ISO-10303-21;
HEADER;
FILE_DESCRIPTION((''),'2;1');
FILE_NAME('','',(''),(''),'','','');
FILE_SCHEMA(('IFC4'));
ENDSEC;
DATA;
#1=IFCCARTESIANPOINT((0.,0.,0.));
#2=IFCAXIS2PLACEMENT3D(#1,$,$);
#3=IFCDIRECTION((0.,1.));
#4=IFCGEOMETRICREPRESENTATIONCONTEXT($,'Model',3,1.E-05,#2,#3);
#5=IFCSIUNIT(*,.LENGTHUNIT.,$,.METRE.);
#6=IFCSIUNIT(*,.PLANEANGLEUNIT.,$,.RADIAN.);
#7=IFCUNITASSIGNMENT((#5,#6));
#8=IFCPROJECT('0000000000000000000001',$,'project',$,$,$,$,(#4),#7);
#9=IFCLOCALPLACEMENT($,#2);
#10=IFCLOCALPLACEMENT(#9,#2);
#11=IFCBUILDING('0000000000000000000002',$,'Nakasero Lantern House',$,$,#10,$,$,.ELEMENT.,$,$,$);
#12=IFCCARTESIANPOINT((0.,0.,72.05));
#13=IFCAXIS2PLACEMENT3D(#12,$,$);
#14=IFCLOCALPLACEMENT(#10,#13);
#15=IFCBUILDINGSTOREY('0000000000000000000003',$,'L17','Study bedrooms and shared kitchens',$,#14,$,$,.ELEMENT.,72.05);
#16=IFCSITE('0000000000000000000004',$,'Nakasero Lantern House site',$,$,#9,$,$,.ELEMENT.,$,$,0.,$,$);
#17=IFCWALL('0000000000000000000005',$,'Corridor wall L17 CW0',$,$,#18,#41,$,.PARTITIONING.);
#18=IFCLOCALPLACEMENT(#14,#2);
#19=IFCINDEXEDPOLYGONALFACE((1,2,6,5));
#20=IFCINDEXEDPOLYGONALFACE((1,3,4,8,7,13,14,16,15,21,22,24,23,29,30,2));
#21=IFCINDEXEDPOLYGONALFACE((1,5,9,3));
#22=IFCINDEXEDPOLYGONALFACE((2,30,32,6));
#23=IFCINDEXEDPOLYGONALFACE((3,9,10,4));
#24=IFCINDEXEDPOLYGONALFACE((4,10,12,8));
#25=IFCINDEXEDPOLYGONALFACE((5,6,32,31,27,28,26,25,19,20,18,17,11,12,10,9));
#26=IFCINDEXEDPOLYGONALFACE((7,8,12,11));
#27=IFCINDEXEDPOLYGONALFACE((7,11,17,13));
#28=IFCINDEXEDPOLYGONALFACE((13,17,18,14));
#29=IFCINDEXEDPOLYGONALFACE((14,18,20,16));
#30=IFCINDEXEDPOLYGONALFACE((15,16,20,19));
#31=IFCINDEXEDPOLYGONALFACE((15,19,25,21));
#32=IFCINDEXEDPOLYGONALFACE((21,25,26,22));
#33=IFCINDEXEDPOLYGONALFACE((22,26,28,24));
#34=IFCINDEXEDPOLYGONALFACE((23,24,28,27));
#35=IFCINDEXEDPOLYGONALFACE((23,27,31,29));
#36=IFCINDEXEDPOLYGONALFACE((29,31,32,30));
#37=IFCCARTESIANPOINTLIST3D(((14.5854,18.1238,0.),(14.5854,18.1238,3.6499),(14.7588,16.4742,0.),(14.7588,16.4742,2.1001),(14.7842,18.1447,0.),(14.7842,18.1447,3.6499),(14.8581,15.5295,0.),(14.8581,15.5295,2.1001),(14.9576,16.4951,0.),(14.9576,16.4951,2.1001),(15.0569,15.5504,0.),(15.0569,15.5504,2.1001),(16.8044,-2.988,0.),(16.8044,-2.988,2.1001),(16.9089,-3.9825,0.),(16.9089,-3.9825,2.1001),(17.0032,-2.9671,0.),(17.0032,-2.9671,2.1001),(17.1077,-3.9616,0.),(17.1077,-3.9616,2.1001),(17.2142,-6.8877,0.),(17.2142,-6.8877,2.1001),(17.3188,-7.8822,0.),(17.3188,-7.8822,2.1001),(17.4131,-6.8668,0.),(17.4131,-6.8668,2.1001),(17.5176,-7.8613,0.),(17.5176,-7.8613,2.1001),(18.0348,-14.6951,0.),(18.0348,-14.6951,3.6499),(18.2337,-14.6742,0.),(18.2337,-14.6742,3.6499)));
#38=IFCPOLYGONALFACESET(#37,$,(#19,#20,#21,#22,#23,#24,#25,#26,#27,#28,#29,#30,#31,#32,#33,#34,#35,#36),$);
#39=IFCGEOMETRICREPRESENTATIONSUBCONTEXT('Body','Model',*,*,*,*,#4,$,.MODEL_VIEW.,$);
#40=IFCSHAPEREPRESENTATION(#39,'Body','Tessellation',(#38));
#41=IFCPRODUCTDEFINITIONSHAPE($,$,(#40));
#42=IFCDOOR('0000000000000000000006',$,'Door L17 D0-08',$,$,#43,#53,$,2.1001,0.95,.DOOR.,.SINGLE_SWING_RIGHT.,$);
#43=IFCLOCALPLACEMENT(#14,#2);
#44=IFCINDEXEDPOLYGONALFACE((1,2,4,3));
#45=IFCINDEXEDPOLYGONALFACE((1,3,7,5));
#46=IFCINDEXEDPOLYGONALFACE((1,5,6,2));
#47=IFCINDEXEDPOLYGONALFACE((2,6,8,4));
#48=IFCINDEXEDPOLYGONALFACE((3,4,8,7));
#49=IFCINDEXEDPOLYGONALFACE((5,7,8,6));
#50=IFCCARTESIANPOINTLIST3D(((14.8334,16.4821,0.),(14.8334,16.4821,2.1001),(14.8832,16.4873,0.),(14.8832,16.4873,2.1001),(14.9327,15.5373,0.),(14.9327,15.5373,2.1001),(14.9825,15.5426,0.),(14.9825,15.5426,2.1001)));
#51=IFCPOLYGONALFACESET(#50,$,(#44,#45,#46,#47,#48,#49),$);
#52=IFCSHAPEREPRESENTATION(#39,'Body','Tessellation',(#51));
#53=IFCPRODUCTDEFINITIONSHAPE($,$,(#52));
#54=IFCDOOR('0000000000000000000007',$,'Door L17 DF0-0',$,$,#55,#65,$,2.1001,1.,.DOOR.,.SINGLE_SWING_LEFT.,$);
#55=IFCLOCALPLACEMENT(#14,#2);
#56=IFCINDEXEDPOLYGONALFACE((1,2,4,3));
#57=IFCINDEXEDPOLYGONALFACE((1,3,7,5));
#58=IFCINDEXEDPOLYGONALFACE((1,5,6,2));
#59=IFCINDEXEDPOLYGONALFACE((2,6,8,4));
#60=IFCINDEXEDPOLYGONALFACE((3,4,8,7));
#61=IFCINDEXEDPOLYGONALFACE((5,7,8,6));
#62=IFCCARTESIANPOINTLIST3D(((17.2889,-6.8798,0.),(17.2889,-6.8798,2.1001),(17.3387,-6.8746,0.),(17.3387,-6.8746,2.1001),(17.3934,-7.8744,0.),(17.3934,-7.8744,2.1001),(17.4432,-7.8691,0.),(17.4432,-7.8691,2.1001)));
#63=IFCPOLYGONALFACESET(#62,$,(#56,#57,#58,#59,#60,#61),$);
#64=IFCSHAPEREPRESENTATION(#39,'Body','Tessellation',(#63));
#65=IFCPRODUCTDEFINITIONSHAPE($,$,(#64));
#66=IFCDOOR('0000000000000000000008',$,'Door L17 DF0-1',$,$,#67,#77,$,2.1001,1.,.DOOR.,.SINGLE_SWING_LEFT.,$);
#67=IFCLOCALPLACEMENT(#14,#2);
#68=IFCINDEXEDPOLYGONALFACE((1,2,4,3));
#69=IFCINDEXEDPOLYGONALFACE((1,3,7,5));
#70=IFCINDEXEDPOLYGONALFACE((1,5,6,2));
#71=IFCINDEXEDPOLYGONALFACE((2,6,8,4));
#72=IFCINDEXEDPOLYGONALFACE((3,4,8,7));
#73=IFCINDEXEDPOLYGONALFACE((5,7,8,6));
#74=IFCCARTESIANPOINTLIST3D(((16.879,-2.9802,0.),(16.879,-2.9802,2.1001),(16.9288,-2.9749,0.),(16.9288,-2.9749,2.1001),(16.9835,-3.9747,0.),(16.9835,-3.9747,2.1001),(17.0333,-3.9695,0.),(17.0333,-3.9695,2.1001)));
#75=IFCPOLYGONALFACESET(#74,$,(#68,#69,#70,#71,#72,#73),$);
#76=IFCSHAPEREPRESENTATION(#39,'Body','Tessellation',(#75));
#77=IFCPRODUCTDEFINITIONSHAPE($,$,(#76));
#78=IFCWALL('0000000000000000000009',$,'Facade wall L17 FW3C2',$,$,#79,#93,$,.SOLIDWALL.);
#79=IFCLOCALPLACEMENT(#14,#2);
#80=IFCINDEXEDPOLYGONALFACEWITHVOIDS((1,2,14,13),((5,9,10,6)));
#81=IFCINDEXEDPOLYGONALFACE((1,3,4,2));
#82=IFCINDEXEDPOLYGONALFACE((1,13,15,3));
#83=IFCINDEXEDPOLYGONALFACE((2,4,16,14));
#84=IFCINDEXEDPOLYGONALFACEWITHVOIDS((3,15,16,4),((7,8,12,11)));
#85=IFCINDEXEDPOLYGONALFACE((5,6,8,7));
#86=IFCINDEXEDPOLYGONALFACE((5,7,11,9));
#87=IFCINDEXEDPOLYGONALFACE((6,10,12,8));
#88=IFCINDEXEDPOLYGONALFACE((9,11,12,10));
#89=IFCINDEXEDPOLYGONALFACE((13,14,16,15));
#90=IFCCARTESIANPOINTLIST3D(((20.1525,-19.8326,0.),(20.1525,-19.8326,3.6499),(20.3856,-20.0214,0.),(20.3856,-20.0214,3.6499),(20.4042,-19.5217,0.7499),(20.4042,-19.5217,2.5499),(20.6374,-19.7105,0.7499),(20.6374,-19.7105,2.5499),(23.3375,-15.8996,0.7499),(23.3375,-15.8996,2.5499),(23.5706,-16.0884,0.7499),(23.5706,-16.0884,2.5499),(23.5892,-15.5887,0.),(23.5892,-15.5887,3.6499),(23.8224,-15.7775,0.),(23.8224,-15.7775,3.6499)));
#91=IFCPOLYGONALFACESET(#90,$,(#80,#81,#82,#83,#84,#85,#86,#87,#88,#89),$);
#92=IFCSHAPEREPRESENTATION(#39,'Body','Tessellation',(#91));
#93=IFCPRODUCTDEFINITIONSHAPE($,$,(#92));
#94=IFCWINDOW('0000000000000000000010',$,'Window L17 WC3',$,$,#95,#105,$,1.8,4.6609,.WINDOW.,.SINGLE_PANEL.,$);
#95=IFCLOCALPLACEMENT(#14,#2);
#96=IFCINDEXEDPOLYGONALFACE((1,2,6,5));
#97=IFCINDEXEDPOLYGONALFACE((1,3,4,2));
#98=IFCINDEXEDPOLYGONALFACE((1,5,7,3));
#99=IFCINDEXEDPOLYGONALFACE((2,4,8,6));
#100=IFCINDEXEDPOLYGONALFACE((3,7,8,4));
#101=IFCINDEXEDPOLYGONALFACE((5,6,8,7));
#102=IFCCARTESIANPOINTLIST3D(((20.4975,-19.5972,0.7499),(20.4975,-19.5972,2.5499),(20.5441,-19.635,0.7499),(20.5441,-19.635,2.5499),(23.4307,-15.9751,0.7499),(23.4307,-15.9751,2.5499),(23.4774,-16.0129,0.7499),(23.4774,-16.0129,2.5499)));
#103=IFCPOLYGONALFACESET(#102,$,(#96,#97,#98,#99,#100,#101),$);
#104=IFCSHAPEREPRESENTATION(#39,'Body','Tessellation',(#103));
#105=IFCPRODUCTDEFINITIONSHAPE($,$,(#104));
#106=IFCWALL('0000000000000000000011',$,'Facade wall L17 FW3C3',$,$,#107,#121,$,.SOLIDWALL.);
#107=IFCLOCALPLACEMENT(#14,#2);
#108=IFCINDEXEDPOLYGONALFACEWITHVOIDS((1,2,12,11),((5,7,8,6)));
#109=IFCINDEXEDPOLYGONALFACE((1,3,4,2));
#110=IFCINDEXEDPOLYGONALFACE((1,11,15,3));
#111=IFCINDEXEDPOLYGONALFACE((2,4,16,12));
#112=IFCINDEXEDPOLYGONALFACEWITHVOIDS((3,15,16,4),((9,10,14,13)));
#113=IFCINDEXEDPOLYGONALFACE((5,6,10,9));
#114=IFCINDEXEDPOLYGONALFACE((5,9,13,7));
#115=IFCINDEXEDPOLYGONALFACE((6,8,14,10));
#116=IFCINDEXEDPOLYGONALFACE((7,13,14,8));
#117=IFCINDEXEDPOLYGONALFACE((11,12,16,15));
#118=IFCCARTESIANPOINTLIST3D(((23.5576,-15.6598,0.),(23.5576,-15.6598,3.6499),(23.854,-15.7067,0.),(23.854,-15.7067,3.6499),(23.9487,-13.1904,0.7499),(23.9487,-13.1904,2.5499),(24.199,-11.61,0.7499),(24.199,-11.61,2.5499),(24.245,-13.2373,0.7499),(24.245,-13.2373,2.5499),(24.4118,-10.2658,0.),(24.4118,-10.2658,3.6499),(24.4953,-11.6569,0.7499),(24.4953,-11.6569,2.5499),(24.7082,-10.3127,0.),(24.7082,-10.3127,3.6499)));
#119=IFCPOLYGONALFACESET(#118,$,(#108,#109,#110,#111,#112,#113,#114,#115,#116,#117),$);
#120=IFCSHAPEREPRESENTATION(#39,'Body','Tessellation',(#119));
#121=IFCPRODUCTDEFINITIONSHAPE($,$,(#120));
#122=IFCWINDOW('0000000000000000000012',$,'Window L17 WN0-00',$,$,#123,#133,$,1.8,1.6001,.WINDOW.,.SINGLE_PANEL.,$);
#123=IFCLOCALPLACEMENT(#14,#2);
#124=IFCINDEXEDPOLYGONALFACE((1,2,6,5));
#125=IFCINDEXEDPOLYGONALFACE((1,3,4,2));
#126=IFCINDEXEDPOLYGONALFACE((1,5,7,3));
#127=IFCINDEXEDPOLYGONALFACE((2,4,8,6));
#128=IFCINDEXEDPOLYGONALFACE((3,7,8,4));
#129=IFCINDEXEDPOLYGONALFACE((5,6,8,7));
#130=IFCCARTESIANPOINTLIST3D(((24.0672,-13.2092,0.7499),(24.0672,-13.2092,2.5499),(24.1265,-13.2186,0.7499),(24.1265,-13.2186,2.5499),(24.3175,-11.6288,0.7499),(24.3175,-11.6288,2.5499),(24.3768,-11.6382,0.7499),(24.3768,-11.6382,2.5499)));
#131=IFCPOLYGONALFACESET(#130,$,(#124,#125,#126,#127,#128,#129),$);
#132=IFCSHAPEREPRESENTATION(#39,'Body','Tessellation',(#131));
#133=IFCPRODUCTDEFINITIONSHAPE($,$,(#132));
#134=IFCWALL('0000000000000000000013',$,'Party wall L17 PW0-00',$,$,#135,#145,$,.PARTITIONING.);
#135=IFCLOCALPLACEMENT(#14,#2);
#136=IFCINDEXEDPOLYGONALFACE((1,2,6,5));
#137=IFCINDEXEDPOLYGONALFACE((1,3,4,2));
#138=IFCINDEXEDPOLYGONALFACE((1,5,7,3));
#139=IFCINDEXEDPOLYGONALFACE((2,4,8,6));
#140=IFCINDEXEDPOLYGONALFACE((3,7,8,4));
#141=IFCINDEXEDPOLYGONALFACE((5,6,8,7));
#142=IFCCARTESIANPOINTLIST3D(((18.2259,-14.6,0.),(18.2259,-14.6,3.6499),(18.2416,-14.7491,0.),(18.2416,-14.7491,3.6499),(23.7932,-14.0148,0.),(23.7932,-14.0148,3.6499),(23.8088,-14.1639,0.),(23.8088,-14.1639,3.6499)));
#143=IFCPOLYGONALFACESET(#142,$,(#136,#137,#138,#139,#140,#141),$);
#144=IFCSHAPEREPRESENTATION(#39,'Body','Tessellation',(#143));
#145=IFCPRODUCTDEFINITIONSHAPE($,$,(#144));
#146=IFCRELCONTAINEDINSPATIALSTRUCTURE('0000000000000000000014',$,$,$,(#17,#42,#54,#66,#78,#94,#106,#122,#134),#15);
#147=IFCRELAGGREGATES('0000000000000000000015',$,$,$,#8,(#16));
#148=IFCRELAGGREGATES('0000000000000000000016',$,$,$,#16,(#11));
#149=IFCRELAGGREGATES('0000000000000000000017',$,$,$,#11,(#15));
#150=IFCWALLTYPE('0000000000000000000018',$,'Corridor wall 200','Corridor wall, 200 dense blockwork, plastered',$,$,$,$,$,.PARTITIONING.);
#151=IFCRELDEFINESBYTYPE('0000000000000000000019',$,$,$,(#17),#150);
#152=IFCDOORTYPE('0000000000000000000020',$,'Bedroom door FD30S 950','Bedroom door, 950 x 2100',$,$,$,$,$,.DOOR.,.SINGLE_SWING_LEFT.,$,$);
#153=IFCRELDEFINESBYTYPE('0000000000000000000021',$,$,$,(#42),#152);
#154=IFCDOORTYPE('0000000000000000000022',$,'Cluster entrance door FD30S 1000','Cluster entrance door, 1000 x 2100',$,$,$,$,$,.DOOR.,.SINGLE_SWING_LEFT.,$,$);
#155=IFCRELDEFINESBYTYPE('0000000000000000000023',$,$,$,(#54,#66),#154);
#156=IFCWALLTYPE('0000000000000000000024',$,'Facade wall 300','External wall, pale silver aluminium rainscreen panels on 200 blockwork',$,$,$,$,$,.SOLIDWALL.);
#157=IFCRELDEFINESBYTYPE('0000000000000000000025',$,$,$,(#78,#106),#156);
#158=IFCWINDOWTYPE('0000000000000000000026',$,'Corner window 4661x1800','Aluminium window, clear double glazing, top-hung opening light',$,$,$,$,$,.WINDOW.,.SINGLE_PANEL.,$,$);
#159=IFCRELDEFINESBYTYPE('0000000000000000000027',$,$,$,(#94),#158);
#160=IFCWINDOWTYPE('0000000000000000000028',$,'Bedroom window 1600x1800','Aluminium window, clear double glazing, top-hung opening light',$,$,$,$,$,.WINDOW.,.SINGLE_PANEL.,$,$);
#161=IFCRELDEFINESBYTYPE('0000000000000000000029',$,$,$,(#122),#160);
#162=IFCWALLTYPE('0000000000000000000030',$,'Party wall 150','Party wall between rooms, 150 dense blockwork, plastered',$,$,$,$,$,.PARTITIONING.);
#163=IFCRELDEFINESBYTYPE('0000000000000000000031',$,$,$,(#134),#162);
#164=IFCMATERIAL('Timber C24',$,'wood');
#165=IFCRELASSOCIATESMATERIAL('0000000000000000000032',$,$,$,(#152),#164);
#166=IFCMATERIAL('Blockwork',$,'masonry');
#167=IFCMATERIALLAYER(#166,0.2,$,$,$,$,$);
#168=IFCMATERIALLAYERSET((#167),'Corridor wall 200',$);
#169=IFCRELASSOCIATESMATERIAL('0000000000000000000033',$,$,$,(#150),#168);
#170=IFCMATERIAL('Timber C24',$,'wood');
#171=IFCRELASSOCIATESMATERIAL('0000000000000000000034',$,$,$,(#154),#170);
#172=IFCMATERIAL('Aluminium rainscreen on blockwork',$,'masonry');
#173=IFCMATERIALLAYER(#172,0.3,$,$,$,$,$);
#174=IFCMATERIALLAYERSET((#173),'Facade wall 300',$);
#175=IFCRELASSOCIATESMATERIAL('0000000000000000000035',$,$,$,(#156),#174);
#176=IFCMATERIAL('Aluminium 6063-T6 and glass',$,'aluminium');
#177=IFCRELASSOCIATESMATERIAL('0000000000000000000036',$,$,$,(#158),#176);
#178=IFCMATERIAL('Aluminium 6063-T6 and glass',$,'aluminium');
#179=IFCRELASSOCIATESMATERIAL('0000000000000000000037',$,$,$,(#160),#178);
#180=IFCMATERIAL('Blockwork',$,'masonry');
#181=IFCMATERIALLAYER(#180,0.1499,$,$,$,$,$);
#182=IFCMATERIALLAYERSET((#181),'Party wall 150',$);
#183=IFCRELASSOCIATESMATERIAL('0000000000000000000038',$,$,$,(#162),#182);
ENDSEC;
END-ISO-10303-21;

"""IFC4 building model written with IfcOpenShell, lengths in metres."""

from ifc_helpers import new_model, si_unit, direction, frame, frame_2d, origin, place, context, subcontext, project, spatial, rectangle, extrude, material, layer, layer_set, type_object, element, fill, save


model = new_model("IFC4")

# Units and contexts
model_context = context("Model", 3, precision=1e-05, world=origin(), true_north=direction((0.0, 1.0)))
body_context = subcontext(model_context, "Body", "Model", "MODEL_VIEW")
ifc_project = project(units=[si_unit("LENGTHUNIT", "METRE"), si_unit("PLANEANGLEUNIT", "RADIAN")], contexts=[model_context])

# Site, building, storey
site_placement = place(None, origin())
site = spatial("IfcSite", under=ifc_project, at=site_placement, Name="Nakasero Lantern House site", CompositionType="ELEMENT", RefElevation=0.0)
building_placement = place(site_placement, origin())
building = spatial("IfcBuilding", under=site, at=building_placement, Name="Nakasero Lantern House", CompositionType="ELEMENT")
storey_placement = place(building_placement, frame((0.0, 0.0, 72.05)))
storey = spatial("IfcBuildingStorey", under=building, at=storey_placement, Name="L17", Description="Study bedrooms and shared kitchens", CompositionType="ELEMENT", Elevation=72.05)

# Wall, openings, doors
ifc_material_1 = material(Name="Timber C24", Category="wood")
door_type_1 = type_object("IfcDoorType", Name="Bedroom door FD30S 950", Description="Bedroom door, 950 x 2100", OperationType="SINGLE_SWING_LEFT", PredefinedType="DOOR", material=ifc_material_1)
ifc_material_2 = material(Name="Blockwork", Category="masonry")
ifc_layer_1 = layer(ifc_material_2, 0.2)
ifc_layer_set_1 = layer_set([ifc_layer_1], Name="Corridor wall 200")
wall_type_1 = type_object("IfcWallType", Name="Corridor wall 200", Description="Corridor wall, 200 dense blockwork, plastered", PredefinedType="PARTITIONING", material=ifc_layer_set_1)
wall_1_placement = place(storey_placement, frame((18.1343, -14.6848, 0.0), z_axis=(0.0, 0.0, 1.0), x_axis=(-0.10453, 0.994522, 0.0)))
wall_1 = element("IfcWall", 1, at=wall_1_placement, inside=storey, type_object=wall_type_1, Name="Corridor wall L17 CW0", PredefinedType="PARTITIONING", context=body_context, shape_type="SweptSolid", body=[
    extrude(rectangle(XDim=32.9998, YDim=0.2, at=frame_2d((16.5, 0.0))), origin(), (0.0, 0.0, 1.0), 3.6499),
])
opening_1_placement = place(wall_1_placement, frame((6.8506, 0.0, 0.0)))
opening_1 = element("IfcOpeningElement", 2, at=opening_1_placement, cuts=wall_1, PredefinedType="OPENING", context=body_context, shape_type="SweptSolid", body=[
    extrude(rectangle(XDim=1.0, YDim=2.1001, at=frame_2d((0.5, 1.05))), frame((0.0, 0.1199, 0.0), z_axis=(0.0, -1.0, 0.0), x_axis=(1.0, 0.0, 0.0)), (0.0, 0.0, 1.0), 0.24),
])
opening_2_placement = place(wall_1_placement, frame((10.7717, 0.0, 0.0)))
opening_2 = element("IfcOpeningElement", 3, at=opening_2_placement, cuts=wall_1, PredefinedType="OPENING", context=body_context, shape_type="SweptSolid", body=[
    extrude(rectangle(XDim=1.0, YDim=2.1001, at=frame_2d((0.5, 1.05))), frame((0.0, 0.1199, 0.0), z_axis=(0.0, -1.0, 0.0), x_axis=(1.0, 0.0, 0.0)), (0.0, 0.0, 1.0), 0.24),
])
opening_3_placement = place(wall_1_placement, frame((30.3911, 0.0, 0.0)))
opening_3 = element("IfcOpeningElement", 4, at=opening_3_placement, cuts=wall_1, PredefinedType="OPENING", context=body_context, shape_type="SweptSolid", body=[
    extrude(rectangle(XDim=0.95, YDim=2.1001, at=frame_2d((0.4751, 1.05))), frame((0.0, 0.1199, 0.0), z_axis=(0.0, -1.0, 0.0), x_axis=(1.0, 0.0, 0.0)), (0.0, 0.0, 1.0), 0.24),
])
door_1_placement = place(opening_3_placement, origin())
door_1 = element("IfcDoor", 5, at=door_1_placement, inside=storey, type_object=door_type_1, Name="Door L17 D0-08", OperationType="SINGLE_SWING_RIGHT", OverallHeight=2.1001, OverallWidth=0.95, PredefinedType="DOOR", context=body_context, shape_type="SweptSolid", body=[
    extrude(rectangle(XDim=0.95, YDim=2.1001, at=frame_2d((0.4751, 1.05))), frame((0.0, 0.0249, 0.0), z_axis=(0.0, -1.0, 0.0), x_axis=(1.0, 0.0, 0.0)), (0.0, 0.0, 1.0), 0.05),
])
fill(opening_3, door_1)
ifc_material_3 = material(Name="Timber C24", Category="wood")
door_type_2 = type_object("IfcDoorType", Name="Cluster entrance door FD30S 1000", Description="Cluster entrance door, 1000 x 2100", OperationType="SINGLE_SWING_LEFT", PredefinedType="DOOR", material=ifc_material_3)
door_2_placement = place(opening_1_placement, origin())
door_2 = element("IfcDoor", 6, at=door_2_placement, inside=storey, type_object=door_type_2, Name="Door L17 DF0-0", OperationType="SINGLE_SWING_LEFT", OverallHeight=2.1001, OverallWidth=1.0, PredefinedType="DOOR", context=body_context, shape_type="SweptSolid", body=[
    extrude(rectangle(XDim=1.0, YDim=2.1001, at=frame_2d((0.5, 1.05))), frame((0.0, 0.0249, 0.0), z_axis=(0.0, -1.0, 0.0), x_axis=(1.0, 0.0, 0.0)), (0.0, 0.0, 1.0), 0.05),
])
fill(opening_1, door_2)
door_3_placement = place(opening_2_placement, origin())
door_3 = element("IfcDoor", 7, at=door_3_placement, inside=storey, type_object=door_type_2, Name="Door L17 DF0-1", OperationType="SINGLE_SWING_LEFT", OverallHeight=2.1001, OverallWidth=1.0, PredefinedType="DOOR", context=body_context, shape_type="SweptSolid", body=[
    extrude(rectangle(XDim=1.0, YDim=2.1001, at=frame_2d((0.5, 1.05))), frame((0.0, 0.0249, 0.0), z_axis=(0.0, -1.0, 0.0), x_axis=(1.0, 0.0, 0.0)), (0.0, 0.0, 1.0), 0.05),
])
fill(opening_2, door_3)

# Walls, openings, windows
ifc_material_4 = material(Name="Aluminium rainscreen on blockwork", Category="masonry")
ifc_layer_2 = layer(ifc_material_4, 0.3)
ifc_layer_set_2 = layer_set([ifc_layer_2], Name="Facade wall 300")
wall_type_2 = type_object("IfcWallType", Name="Facade wall 300", Description="External wall, pale silver aluminium rainscreen panels on 200 blockwork", PredefinedType="SOLIDWALL", material=ifc_layer_set_2)
wall_2_placement = place(storey_placement, frame((20.269, -19.927, 0.0), z_axis=(0.0, 0.0, 1.0), x_axis=(0.629335, 0.777135, 0.0)))
wall_2 = element("IfcWall", 8, at=wall_2_placement, inside=storey, type_object=wall_type_2, Name="Facade wall L17 FW3C2", PredefinedType="SOLIDWALL", context=body_context, shape_type="SweptSolid", body=[
    extrude(rectangle(XDim=5.4609, YDim=0.3, at=frame_2d((2.7305, 0.0))), origin(), (0.0, 0.0, 1.0), 3.6499),
])
opening_4_placement = place(wall_2_placement, frame((0.3999, 0.0, 0.75)))
opening_4 = element("IfcOpeningElement", 9, at=opening_4_placement, cuts=wall_2, PredefinedType="OPENING", context=body_context, shape_type="SweptSolid", body=[
    extrude(rectangle(XDim=4.6609, YDim=1.8, at=frame_2d((2.3306, 0.8999))), frame((0.0, 0.1699, 0.0), z_axis=(0.0, -1.0, 0.0), x_axis=(1.0, 0.0, 0.0)), (0.0, 0.0, 1.0), 0.3401),
])
ifc_material_5 = material(Name="Aluminium 6063-T6 and glass", Category="aluminium")
window_type_1 = type_object("IfcWindowType", Name="Corner window 4661x1800", Description="Aluminium window, clear double glazing, top-hung opening light", PartitioningType="SINGLE_PANEL", PredefinedType="WINDOW", material=ifc_material_5)
window_1_placement = place(opening_4_placement, origin())
window_1 = element("IfcWindow", 10, at=window_1_placement, inside=storey, type_object=window_type_1, Name="Window L17 WC3", OverallHeight=1.8, OverallWidth=4.6609, PartitioningType="SINGLE_PANEL", PredefinedType="WINDOW", context=body_context, shape_type="SweptSolid", body=[
    extrude(rectangle(XDim=4.6609, YDim=1.8, at=frame_2d((2.3306, 0.8999))), frame((0.0, 0.03, 0.0), z_axis=(0.0, -1.0, 0.0), x_axis=(1.0, 0.0, 0.0)), (0.0, 0.0, 1.0), 0.0601),
])
fill(opening_4, window_1)
wall_3_placement = place(storey_placement, frame((23.7058, -15.6831, 0.0), z_axis=(0.0, 0.0, 1.0), x_axis=(0.156419, 0.987691, 0.0)))
wall_3 = element("IfcWall", 11, at=wall_3_placement, inside=storey, type_object=wall_type_2, Name="Facade wall L17 FW3C3", PredefinedType="SOLIDWALL", context=body_context, shape_type="SweptSolid", body=[
    extrude(rectangle(XDim=5.4612, YDim=0.3, at=frame_2d((2.7305, 0.0))), origin(), (0.0, 0.0, 1.0), 3.6499),
])
opening_5_placement = place(wall_3_placement, frame((2.5, 0.0, 0.75)))
opening_5 = element("IfcOpeningElement", 12, at=opening_5_placement, cuts=wall_3, PredefinedType="OPENING", context=body_context, shape_type="SweptSolid", body=[
    extrude(rectangle(XDim=1.6001, YDim=1.8, at=frame_2d((0.8, 0.8999))), frame((0.0, 0.1699, 0.0), z_axis=(0.0, -1.0, 0.0), x_axis=(1.0, 0.0, 0.0)), (0.0, 0.0, 1.0), 0.3401),
])
ifc_material_6 = material(Name="Aluminium 6063-T6 and glass", Category="aluminium")
window_type_2 = type_object("IfcWindowType", Name="Bedroom window 1600x1800", Description="Aluminium window, clear double glazing, top-hung opening light", PartitioningType="SINGLE_PANEL", PredefinedType="WINDOW", material=ifc_material_6)
window_2_placement = place(opening_5_placement, origin())
window_2 = element("IfcWindow", 13, at=window_2_placement, inside=storey, type_object=window_type_2, Name="Window L17 WN0-00", OverallHeight=1.8, OverallWidth=1.6001, PartitioningType="SINGLE_PANEL", PredefinedType="WINDOW", context=body_context, shape_type="SweptSolid", body=[
    extrude(rectangle(XDim=1.6001, YDim=1.8, at=frame_2d((0.8, 0.8999))), frame((0.0, 0.03, 0.0), z_axis=(0.0, -1.0, 0.0), x_axis=(1.0, 0.0, 0.0)), (0.0, 0.0, 1.0), 0.0601),
])
fill(opening_5, window_2)

# Wall
ifc_material_7 = material(Name="Blockwork", Category="masonry")
ifc_layer_3 = layer(ifc_material_7, 0.1499)
ifc_layer_set_3 = layer_set([ifc_layer_3], Name="Party wall 150")
wall_type_3 = type_object("IfcWallType", Name="Party wall 150", Description="Party wall between rooms, 150 dense blockwork, plastered", PredefinedType="PARTITIONING", material=ifc_layer_set_3)
wall_4_placement = place(storey_placement, frame((18.2339, -14.6746, 0.0), z_axis=(0.0, 0.0, 1.0), x_axis=(0.99452, 0.104542, 0.0)))
element("IfcWall", 14, at=wall_4_placement, inside=storey, type_object=wall_type_3, Name="Party wall L17 PW0-00", PredefinedType="PARTITIONING", context=body_context, shape_type="SweptSolid", body=[
    extrude(rectangle(XDim=5.5979, YDim=0.1499, at=frame_2d((2.7988, 0.0))), origin(), (0.0, 0.0, 1.0), 3.6499),
])

save(model, "model.ifc")
